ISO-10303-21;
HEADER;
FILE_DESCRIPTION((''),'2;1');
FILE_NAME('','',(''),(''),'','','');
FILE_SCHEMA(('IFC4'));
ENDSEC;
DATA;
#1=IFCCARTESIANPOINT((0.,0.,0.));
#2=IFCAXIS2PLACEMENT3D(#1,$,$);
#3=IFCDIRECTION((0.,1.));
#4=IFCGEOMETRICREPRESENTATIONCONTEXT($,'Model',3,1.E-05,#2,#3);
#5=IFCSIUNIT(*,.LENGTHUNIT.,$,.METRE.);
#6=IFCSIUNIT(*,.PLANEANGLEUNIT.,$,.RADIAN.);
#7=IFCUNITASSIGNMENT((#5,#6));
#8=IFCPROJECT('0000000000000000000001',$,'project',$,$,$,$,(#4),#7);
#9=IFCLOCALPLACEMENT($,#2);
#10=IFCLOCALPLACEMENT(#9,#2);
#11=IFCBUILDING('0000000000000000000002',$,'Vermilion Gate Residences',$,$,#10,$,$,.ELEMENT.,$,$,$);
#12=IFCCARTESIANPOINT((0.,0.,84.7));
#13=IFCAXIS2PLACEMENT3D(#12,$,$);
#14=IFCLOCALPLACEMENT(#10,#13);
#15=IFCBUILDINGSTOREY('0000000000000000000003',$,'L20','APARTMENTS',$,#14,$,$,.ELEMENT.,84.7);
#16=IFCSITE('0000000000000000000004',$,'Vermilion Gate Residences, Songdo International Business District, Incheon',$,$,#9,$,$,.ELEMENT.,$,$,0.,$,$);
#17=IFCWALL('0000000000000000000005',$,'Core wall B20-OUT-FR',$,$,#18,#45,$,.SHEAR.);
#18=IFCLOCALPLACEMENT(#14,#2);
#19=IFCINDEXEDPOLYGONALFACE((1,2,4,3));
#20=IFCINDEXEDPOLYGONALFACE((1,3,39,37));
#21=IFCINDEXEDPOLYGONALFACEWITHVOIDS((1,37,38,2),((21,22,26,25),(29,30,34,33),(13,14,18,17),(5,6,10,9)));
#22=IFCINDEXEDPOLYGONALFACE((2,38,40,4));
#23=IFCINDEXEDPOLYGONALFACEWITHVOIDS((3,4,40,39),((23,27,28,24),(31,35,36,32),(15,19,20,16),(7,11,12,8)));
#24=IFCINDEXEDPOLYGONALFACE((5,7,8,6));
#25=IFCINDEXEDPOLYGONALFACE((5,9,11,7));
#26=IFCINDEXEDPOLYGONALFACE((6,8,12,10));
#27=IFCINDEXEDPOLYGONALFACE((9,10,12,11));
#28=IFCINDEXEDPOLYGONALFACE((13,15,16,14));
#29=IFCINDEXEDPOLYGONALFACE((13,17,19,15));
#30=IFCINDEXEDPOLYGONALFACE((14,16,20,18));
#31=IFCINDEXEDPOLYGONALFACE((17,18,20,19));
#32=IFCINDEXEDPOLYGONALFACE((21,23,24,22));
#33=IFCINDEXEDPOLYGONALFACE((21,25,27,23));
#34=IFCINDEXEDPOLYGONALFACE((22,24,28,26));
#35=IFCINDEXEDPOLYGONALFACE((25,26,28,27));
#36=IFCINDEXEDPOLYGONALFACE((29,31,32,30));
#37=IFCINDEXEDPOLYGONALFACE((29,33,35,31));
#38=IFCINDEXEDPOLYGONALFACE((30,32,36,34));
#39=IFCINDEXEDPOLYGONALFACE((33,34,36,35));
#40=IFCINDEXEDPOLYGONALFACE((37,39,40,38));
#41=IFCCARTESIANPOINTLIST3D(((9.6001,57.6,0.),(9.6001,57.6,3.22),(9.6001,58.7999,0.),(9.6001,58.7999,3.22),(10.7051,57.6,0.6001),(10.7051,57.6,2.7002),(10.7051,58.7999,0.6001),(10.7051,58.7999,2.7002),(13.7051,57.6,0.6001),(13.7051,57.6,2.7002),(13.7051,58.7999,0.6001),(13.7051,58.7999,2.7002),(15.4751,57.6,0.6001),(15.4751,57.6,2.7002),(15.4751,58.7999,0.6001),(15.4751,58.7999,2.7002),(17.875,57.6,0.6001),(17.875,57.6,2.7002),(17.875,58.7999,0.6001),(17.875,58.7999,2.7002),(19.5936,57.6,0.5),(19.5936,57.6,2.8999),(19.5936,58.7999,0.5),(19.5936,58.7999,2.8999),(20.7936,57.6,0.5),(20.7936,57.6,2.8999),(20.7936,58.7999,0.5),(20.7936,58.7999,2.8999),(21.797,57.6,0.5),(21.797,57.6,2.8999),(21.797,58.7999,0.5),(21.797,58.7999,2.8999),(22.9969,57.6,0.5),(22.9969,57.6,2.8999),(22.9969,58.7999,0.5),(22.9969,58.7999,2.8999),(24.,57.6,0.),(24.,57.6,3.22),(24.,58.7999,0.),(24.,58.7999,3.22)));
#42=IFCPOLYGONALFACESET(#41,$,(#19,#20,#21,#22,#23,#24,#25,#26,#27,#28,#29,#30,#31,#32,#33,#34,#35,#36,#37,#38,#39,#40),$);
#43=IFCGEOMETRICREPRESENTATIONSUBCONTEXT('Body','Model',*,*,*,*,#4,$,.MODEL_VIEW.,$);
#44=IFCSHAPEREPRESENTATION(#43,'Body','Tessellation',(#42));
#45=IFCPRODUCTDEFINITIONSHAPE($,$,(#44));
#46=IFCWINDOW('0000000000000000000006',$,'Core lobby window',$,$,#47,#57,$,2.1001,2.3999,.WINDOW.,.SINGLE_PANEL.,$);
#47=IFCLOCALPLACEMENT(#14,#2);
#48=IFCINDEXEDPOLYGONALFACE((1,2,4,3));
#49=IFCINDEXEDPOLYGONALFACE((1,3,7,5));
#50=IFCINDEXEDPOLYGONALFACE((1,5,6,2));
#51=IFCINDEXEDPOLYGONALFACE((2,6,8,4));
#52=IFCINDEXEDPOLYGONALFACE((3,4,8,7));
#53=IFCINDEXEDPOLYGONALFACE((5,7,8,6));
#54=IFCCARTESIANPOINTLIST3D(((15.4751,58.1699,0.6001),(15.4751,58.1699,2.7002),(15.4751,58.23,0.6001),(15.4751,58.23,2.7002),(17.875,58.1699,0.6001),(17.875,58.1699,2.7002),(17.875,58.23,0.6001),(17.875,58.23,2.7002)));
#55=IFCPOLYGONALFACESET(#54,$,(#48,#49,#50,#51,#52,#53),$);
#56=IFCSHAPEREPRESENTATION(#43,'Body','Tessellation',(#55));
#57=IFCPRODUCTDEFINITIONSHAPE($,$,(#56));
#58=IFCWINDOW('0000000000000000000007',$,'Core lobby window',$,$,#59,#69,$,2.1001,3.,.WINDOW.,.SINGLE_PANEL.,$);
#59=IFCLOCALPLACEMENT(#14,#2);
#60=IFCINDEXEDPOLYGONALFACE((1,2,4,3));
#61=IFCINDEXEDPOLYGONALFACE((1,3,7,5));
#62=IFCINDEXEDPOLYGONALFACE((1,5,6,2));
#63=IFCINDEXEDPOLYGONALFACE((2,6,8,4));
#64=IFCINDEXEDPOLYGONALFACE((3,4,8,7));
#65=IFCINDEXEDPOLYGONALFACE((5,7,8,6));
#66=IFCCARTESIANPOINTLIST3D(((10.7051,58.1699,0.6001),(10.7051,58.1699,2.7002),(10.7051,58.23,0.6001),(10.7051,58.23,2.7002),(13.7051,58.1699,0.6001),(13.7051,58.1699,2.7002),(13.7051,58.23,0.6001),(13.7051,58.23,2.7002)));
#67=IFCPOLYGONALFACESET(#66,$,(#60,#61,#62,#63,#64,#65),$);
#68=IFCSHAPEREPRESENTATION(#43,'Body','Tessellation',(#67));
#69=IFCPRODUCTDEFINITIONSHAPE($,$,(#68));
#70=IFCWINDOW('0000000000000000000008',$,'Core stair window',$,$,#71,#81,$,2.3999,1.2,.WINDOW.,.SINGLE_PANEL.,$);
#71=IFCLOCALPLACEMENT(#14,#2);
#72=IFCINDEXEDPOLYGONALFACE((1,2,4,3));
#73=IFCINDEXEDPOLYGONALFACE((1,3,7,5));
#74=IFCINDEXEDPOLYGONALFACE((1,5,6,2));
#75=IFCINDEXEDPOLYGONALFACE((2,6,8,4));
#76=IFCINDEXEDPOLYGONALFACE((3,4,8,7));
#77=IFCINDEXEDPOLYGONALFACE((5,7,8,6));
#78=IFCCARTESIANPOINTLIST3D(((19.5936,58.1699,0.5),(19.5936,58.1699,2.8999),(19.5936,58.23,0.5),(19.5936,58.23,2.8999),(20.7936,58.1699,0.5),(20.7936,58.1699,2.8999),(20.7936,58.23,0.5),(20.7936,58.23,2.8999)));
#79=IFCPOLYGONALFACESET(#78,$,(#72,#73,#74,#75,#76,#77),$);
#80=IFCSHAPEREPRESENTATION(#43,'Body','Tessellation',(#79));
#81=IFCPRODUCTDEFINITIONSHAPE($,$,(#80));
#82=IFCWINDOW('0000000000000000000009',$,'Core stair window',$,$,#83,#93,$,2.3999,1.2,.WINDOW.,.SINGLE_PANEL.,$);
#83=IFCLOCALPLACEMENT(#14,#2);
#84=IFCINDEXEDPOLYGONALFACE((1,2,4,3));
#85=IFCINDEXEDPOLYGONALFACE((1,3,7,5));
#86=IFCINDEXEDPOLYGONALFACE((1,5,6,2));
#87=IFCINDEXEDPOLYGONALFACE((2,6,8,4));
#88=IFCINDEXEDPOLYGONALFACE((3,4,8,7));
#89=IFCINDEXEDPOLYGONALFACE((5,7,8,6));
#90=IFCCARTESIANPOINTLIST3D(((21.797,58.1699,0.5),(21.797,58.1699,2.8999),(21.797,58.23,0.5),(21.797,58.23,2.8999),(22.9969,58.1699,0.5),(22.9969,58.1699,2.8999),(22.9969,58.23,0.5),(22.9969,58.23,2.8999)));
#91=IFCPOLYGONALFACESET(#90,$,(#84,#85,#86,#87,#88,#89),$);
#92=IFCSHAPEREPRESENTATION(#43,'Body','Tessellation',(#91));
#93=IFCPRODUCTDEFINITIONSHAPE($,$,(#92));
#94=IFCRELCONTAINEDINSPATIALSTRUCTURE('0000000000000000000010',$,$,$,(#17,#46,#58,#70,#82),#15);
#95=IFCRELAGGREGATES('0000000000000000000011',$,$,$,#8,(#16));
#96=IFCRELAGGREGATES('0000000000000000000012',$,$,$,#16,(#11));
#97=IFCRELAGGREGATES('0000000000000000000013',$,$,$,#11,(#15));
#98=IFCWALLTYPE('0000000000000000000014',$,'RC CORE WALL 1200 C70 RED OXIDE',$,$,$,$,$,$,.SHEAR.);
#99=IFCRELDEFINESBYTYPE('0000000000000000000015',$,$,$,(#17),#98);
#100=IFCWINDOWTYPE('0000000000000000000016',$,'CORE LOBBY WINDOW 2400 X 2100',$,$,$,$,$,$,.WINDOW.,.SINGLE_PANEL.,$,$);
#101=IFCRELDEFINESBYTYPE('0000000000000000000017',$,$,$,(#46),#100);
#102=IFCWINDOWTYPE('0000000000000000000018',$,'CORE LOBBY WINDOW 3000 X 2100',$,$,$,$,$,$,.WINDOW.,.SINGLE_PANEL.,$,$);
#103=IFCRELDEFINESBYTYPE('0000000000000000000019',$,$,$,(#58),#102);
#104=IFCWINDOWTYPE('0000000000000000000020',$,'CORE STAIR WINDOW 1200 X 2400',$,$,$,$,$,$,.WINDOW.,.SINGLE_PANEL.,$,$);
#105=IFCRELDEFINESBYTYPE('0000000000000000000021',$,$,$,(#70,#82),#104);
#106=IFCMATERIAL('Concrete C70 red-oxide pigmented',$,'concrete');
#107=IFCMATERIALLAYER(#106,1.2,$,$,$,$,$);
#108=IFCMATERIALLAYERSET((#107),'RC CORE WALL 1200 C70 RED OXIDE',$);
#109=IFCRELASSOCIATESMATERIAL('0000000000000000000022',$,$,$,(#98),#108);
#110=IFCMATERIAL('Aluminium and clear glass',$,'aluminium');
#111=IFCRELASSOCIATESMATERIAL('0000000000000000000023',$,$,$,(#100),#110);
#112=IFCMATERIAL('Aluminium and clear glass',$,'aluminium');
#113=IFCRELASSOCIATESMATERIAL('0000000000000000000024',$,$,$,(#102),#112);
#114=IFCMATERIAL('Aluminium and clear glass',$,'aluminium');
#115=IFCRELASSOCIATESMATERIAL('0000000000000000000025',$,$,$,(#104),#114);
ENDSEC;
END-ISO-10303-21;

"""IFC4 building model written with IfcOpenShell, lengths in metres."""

from ifc_helpers import new_model, si_unit, direction, frame, frame_2d, origin, place, context, subcontext, project, spatial, rectangle, extrude, material, layer, layer_set, type_object, element, fill, save


model = new_model("IFC4")

# Units and contexts
model_context = context("Model", 3, precision=1e-05, world=origin(), true_north=direction((0.0, 1.0)))
body_context = subcontext(model_context, "Body", "Model", "MODEL_VIEW")
ifc_project = project(units=[si_unit("LENGTHUNIT", "METRE"), si_unit("PLANEANGLEUNIT", "RADIAN")], contexts=[model_context])

# Site, building, storey
site_placement = place(None, origin())
site = spatial("IfcSite", under=ifc_project, at=site_placement, Name="Vermilion Gate Residences, Songdo International Business District, Incheon", CompositionType="ELEMENT", RefElevation=0.0)
building_placement = place(site_placement, origin())
building = spatial("IfcBuilding", under=site, at=building_placement, Name="Vermilion Gate Residences", CompositionType="ELEMENT")
storey_placement = place(building_placement, frame((0.0, 0.0, 84.7)))
storey = spatial("IfcBuildingStorey", under=building, at=storey_placement, Name="L20", Description="APARTMENTS", CompositionType="ELEMENT", Elevation=84.7)

# Wall, openings, windows
ifc_material_1 = material(Name="Concrete C70 red-oxide pigmented", Category="concrete")
ifc_layer_1 = layer(ifc_material_1, 1.2)
ifc_layer_set_1 = layer_set([ifc_layer_1], Name="RC CORE WALL 1200 C70 RED OXIDE")
wall_type_1 = type_object("IfcWallType", Name="RC CORE WALL 1200 C70 RED OXIDE", PredefinedType="SHEAR", material=ifc_layer_set_1)
wall_1_placement = place(storey_placement, frame((9.6001, 58.2, 0.0), z_axis=(0.0, 0.0, 1.0), x_axis=(1.0, 0.0, 0.0)))
wall_1 = element("IfcWall", 1, at=wall_1_placement, inside=storey, type_object=wall_type_1, Name="Core wall B20-OUT-FR", PredefinedType="SHEAR", context=body_context, shape_type="SweptSolid", body=[
    extrude(rectangle(XDim=14.3999, YDim=1.2, at=frame_2d((7.2, 0.0))), origin(), (0.0, 0.0, 1.0), 3.22),
])
opening_1_placement = place(wall_1_placement, frame((1.105, 0.0, 0.6001)))
opening_1 = element("IfcOpeningElement", 2, at=opening_1_placement, cuts=wall_1, PredefinedType="OPENING", context=body_context, shape_type="SweptSolid", body=[
    extrude(rectangle(XDim=3.0, YDim=2.1001, at=frame_2d((1.5, 1.05))), frame((0.0, 0.6099, 0.0), z_axis=(0.0, -1.0, 0.0), x_axis=(1.0, 0.0, 0.0)), (0.0, 0.0, 1.0), 1.22),
])
opening_2_placement = place(wall_1_placement, frame((5.875, 0.0, 0.6001)))
opening_2 = element("IfcOpeningElement", 3, at=opening_2_placement, cuts=wall_1, PredefinedType="OPENING", context=body_context, shape_type="SweptSolid", body=[
    extrude(rectangle(XDim=2.3999, YDim=2.1001, at=frame_2d((1.2, 1.05))), frame((0.0, 0.6099, 0.0), z_axis=(0.0, -1.0, 0.0), x_axis=(1.0, 0.0, 0.0)), (0.0, 0.0, 1.0), 1.22),
])
opening_3_placement = place(wall_1_placement, frame((9.9934, 0.0, 0.5)))
opening_3 = element("IfcOpeningElement", 4, at=opening_3_placement, cuts=wall_1, PredefinedType="OPENING", context=body_context, shape_type="SweptSolid", body=[
    extrude(rectangle(XDim=1.2, YDim=2.3999, at=frame_2d((0.6001, 1.2))), frame((0.0, 0.6099, 0.0), z_axis=(0.0, -1.0, 0.0), x_axis=(1.0, 0.0, 0.0)), (0.0, 0.0, 1.0), 1.22),
])
opening_4_placement = place(wall_1_placement, frame((12.1968, 0.0, 0.5)))
opening_4 = element("IfcOpeningElement", 5, at=opening_4_placement, cuts=wall_1, PredefinedType="OPENING", context=body_context, shape_type="SweptSolid", body=[
    extrude(rectangle(XDim=1.2, YDim=2.3999, at=frame_2d((0.6001, 1.2))), frame((0.0, 0.6099, 0.0), z_axis=(0.0, -1.0, 0.0), x_axis=(1.0, 0.0, 0.0)), (0.0, 0.0, 1.0), 1.22),
])
ifc_material_2 = material(Name="Aluminium and clear glass", Category="aluminium")
window_type_1 = type_object("IfcWindowType", Name="CORE LOBBY WINDOW 2400 X 2100", PartitioningType="SINGLE_PANEL", PredefinedType="WINDOW", material=ifc_material_2)
window_1_placement = place(opening_2_placement, origin())
window_1 = element("IfcWindow", 6, at=window_1_placement, inside=storey, type_object=window_type_1, Name="Core lobby window", OverallHeight=2.1001, OverallWidth=2.3999, PartitioningType="SINGLE_PANEL", PredefinedType="WINDOW", context=body_context, shape_type="SweptSolid", body=[
    extrude(rectangle(XDim=2.3999, YDim=2.1001, at=frame_2d((1.2, 1.05))), frame((0.0, 0.03, 0.0), z_axis=(0.0, -1.0, 0.0), x_axis=(1.0, 0.0, 0.0)), (0.0, 0.0, 1.0), 0.0601),
])
fill(opening_2, window_1)
ifc_material_3 = material(Name="Aluminium and clear glass", Category="aluminium")
window_type_2 = type_object("IfcWindowType", Name="CORE LOBBY WINDOW 3000 X 2100", PartitioningType="SINGLE_PANEL", PredefinedType="WINDOW", material=ifc_material_3)
window_2_placement = place(opening_1_placement, origin())
window_2 = element("IfcWindow", 7, at=window_2_placement, inside=storey, type_object=window_type_2, Name="Core lobby window", OverallHeight=2.1001, OverallWidth=3.0, PartitioningType="SINGLE_PANEL", PredefinedType="WINDOW", context=body_context, shape_type="SweptSolid", body=[
    extrude(rectangle(XDim=3.0, YDim=2.1001, at=frame_2d((1.5, 1.05))), frame((0.0, 0.03, 0.0), z_axis=(0.0, -1.0, 0.0), x_axis=(1.0, 0.0, 0.0)), (0.0, 0.0, 1.0), 0.0601),
])
fill(opening_1, window_2)
ifc_material_4 = material(Name="Aluminium and clear glass", Category="aluminium")
window_type_3 = type_object("IfcWindowType", Name="CORE STAIR WINDOW 1200 X 2400", PartitioningType="SINGLE_PANEL", PredefinedType="WINDOW", material=ifc_material_4)
window_3_placement = place(opening_3_placement, origin())
window_3 = element("IfcWindow", 8, at=window_3_placement, inside=storey, type_object=window_type_3, Name="Core stair window", OverallHeight=2.3999, OverallWidth=1.2, PartitioningType="SINGLE_PANEL", PredefinedType="WINDOW", context=body_context, shape_type="SweptSolid", body=[
    extrude(rectangle(XDim=1.2, YDim=2.3999, at=frame_2d((0.6001, 1.2))), frame((0.0, 0.03, 0.0), z_axis=(0.0, -1.0, 0.0), x_axis=(1.0, 0.0, 0.0)), (0.0, 0.0, 1.0), 0.0601),
])
fill(opening_3, window_3)
window_4_placement = place(opening_4_placement, origin())
window_4 = element("IfcWindow", 9, at=window_4_placement, inside=storey, type_object=window_type_3, Name="Core stair window", OverallHeight=2.3999, OverallWidth=1.2, PartitioningType="SINGLE_PANEL", PredefinedType="WINDOW", context=body_context, shape_type="SweptSolid", body=[
    extrude(rectangle(XDim=1.2, YDim=2.3999, at=frame_2d((0.6001, 1.2))), frame((0.0, 0.03, 0.0), z_axis=(0.0, -1.0, 0.0), x_axis=(1.0, 0.0, 0.0)), (0.0, 0.0, 1.0), 0.0601),
])
fill(opening_4, window_4)

save(model, "model.ifc")
